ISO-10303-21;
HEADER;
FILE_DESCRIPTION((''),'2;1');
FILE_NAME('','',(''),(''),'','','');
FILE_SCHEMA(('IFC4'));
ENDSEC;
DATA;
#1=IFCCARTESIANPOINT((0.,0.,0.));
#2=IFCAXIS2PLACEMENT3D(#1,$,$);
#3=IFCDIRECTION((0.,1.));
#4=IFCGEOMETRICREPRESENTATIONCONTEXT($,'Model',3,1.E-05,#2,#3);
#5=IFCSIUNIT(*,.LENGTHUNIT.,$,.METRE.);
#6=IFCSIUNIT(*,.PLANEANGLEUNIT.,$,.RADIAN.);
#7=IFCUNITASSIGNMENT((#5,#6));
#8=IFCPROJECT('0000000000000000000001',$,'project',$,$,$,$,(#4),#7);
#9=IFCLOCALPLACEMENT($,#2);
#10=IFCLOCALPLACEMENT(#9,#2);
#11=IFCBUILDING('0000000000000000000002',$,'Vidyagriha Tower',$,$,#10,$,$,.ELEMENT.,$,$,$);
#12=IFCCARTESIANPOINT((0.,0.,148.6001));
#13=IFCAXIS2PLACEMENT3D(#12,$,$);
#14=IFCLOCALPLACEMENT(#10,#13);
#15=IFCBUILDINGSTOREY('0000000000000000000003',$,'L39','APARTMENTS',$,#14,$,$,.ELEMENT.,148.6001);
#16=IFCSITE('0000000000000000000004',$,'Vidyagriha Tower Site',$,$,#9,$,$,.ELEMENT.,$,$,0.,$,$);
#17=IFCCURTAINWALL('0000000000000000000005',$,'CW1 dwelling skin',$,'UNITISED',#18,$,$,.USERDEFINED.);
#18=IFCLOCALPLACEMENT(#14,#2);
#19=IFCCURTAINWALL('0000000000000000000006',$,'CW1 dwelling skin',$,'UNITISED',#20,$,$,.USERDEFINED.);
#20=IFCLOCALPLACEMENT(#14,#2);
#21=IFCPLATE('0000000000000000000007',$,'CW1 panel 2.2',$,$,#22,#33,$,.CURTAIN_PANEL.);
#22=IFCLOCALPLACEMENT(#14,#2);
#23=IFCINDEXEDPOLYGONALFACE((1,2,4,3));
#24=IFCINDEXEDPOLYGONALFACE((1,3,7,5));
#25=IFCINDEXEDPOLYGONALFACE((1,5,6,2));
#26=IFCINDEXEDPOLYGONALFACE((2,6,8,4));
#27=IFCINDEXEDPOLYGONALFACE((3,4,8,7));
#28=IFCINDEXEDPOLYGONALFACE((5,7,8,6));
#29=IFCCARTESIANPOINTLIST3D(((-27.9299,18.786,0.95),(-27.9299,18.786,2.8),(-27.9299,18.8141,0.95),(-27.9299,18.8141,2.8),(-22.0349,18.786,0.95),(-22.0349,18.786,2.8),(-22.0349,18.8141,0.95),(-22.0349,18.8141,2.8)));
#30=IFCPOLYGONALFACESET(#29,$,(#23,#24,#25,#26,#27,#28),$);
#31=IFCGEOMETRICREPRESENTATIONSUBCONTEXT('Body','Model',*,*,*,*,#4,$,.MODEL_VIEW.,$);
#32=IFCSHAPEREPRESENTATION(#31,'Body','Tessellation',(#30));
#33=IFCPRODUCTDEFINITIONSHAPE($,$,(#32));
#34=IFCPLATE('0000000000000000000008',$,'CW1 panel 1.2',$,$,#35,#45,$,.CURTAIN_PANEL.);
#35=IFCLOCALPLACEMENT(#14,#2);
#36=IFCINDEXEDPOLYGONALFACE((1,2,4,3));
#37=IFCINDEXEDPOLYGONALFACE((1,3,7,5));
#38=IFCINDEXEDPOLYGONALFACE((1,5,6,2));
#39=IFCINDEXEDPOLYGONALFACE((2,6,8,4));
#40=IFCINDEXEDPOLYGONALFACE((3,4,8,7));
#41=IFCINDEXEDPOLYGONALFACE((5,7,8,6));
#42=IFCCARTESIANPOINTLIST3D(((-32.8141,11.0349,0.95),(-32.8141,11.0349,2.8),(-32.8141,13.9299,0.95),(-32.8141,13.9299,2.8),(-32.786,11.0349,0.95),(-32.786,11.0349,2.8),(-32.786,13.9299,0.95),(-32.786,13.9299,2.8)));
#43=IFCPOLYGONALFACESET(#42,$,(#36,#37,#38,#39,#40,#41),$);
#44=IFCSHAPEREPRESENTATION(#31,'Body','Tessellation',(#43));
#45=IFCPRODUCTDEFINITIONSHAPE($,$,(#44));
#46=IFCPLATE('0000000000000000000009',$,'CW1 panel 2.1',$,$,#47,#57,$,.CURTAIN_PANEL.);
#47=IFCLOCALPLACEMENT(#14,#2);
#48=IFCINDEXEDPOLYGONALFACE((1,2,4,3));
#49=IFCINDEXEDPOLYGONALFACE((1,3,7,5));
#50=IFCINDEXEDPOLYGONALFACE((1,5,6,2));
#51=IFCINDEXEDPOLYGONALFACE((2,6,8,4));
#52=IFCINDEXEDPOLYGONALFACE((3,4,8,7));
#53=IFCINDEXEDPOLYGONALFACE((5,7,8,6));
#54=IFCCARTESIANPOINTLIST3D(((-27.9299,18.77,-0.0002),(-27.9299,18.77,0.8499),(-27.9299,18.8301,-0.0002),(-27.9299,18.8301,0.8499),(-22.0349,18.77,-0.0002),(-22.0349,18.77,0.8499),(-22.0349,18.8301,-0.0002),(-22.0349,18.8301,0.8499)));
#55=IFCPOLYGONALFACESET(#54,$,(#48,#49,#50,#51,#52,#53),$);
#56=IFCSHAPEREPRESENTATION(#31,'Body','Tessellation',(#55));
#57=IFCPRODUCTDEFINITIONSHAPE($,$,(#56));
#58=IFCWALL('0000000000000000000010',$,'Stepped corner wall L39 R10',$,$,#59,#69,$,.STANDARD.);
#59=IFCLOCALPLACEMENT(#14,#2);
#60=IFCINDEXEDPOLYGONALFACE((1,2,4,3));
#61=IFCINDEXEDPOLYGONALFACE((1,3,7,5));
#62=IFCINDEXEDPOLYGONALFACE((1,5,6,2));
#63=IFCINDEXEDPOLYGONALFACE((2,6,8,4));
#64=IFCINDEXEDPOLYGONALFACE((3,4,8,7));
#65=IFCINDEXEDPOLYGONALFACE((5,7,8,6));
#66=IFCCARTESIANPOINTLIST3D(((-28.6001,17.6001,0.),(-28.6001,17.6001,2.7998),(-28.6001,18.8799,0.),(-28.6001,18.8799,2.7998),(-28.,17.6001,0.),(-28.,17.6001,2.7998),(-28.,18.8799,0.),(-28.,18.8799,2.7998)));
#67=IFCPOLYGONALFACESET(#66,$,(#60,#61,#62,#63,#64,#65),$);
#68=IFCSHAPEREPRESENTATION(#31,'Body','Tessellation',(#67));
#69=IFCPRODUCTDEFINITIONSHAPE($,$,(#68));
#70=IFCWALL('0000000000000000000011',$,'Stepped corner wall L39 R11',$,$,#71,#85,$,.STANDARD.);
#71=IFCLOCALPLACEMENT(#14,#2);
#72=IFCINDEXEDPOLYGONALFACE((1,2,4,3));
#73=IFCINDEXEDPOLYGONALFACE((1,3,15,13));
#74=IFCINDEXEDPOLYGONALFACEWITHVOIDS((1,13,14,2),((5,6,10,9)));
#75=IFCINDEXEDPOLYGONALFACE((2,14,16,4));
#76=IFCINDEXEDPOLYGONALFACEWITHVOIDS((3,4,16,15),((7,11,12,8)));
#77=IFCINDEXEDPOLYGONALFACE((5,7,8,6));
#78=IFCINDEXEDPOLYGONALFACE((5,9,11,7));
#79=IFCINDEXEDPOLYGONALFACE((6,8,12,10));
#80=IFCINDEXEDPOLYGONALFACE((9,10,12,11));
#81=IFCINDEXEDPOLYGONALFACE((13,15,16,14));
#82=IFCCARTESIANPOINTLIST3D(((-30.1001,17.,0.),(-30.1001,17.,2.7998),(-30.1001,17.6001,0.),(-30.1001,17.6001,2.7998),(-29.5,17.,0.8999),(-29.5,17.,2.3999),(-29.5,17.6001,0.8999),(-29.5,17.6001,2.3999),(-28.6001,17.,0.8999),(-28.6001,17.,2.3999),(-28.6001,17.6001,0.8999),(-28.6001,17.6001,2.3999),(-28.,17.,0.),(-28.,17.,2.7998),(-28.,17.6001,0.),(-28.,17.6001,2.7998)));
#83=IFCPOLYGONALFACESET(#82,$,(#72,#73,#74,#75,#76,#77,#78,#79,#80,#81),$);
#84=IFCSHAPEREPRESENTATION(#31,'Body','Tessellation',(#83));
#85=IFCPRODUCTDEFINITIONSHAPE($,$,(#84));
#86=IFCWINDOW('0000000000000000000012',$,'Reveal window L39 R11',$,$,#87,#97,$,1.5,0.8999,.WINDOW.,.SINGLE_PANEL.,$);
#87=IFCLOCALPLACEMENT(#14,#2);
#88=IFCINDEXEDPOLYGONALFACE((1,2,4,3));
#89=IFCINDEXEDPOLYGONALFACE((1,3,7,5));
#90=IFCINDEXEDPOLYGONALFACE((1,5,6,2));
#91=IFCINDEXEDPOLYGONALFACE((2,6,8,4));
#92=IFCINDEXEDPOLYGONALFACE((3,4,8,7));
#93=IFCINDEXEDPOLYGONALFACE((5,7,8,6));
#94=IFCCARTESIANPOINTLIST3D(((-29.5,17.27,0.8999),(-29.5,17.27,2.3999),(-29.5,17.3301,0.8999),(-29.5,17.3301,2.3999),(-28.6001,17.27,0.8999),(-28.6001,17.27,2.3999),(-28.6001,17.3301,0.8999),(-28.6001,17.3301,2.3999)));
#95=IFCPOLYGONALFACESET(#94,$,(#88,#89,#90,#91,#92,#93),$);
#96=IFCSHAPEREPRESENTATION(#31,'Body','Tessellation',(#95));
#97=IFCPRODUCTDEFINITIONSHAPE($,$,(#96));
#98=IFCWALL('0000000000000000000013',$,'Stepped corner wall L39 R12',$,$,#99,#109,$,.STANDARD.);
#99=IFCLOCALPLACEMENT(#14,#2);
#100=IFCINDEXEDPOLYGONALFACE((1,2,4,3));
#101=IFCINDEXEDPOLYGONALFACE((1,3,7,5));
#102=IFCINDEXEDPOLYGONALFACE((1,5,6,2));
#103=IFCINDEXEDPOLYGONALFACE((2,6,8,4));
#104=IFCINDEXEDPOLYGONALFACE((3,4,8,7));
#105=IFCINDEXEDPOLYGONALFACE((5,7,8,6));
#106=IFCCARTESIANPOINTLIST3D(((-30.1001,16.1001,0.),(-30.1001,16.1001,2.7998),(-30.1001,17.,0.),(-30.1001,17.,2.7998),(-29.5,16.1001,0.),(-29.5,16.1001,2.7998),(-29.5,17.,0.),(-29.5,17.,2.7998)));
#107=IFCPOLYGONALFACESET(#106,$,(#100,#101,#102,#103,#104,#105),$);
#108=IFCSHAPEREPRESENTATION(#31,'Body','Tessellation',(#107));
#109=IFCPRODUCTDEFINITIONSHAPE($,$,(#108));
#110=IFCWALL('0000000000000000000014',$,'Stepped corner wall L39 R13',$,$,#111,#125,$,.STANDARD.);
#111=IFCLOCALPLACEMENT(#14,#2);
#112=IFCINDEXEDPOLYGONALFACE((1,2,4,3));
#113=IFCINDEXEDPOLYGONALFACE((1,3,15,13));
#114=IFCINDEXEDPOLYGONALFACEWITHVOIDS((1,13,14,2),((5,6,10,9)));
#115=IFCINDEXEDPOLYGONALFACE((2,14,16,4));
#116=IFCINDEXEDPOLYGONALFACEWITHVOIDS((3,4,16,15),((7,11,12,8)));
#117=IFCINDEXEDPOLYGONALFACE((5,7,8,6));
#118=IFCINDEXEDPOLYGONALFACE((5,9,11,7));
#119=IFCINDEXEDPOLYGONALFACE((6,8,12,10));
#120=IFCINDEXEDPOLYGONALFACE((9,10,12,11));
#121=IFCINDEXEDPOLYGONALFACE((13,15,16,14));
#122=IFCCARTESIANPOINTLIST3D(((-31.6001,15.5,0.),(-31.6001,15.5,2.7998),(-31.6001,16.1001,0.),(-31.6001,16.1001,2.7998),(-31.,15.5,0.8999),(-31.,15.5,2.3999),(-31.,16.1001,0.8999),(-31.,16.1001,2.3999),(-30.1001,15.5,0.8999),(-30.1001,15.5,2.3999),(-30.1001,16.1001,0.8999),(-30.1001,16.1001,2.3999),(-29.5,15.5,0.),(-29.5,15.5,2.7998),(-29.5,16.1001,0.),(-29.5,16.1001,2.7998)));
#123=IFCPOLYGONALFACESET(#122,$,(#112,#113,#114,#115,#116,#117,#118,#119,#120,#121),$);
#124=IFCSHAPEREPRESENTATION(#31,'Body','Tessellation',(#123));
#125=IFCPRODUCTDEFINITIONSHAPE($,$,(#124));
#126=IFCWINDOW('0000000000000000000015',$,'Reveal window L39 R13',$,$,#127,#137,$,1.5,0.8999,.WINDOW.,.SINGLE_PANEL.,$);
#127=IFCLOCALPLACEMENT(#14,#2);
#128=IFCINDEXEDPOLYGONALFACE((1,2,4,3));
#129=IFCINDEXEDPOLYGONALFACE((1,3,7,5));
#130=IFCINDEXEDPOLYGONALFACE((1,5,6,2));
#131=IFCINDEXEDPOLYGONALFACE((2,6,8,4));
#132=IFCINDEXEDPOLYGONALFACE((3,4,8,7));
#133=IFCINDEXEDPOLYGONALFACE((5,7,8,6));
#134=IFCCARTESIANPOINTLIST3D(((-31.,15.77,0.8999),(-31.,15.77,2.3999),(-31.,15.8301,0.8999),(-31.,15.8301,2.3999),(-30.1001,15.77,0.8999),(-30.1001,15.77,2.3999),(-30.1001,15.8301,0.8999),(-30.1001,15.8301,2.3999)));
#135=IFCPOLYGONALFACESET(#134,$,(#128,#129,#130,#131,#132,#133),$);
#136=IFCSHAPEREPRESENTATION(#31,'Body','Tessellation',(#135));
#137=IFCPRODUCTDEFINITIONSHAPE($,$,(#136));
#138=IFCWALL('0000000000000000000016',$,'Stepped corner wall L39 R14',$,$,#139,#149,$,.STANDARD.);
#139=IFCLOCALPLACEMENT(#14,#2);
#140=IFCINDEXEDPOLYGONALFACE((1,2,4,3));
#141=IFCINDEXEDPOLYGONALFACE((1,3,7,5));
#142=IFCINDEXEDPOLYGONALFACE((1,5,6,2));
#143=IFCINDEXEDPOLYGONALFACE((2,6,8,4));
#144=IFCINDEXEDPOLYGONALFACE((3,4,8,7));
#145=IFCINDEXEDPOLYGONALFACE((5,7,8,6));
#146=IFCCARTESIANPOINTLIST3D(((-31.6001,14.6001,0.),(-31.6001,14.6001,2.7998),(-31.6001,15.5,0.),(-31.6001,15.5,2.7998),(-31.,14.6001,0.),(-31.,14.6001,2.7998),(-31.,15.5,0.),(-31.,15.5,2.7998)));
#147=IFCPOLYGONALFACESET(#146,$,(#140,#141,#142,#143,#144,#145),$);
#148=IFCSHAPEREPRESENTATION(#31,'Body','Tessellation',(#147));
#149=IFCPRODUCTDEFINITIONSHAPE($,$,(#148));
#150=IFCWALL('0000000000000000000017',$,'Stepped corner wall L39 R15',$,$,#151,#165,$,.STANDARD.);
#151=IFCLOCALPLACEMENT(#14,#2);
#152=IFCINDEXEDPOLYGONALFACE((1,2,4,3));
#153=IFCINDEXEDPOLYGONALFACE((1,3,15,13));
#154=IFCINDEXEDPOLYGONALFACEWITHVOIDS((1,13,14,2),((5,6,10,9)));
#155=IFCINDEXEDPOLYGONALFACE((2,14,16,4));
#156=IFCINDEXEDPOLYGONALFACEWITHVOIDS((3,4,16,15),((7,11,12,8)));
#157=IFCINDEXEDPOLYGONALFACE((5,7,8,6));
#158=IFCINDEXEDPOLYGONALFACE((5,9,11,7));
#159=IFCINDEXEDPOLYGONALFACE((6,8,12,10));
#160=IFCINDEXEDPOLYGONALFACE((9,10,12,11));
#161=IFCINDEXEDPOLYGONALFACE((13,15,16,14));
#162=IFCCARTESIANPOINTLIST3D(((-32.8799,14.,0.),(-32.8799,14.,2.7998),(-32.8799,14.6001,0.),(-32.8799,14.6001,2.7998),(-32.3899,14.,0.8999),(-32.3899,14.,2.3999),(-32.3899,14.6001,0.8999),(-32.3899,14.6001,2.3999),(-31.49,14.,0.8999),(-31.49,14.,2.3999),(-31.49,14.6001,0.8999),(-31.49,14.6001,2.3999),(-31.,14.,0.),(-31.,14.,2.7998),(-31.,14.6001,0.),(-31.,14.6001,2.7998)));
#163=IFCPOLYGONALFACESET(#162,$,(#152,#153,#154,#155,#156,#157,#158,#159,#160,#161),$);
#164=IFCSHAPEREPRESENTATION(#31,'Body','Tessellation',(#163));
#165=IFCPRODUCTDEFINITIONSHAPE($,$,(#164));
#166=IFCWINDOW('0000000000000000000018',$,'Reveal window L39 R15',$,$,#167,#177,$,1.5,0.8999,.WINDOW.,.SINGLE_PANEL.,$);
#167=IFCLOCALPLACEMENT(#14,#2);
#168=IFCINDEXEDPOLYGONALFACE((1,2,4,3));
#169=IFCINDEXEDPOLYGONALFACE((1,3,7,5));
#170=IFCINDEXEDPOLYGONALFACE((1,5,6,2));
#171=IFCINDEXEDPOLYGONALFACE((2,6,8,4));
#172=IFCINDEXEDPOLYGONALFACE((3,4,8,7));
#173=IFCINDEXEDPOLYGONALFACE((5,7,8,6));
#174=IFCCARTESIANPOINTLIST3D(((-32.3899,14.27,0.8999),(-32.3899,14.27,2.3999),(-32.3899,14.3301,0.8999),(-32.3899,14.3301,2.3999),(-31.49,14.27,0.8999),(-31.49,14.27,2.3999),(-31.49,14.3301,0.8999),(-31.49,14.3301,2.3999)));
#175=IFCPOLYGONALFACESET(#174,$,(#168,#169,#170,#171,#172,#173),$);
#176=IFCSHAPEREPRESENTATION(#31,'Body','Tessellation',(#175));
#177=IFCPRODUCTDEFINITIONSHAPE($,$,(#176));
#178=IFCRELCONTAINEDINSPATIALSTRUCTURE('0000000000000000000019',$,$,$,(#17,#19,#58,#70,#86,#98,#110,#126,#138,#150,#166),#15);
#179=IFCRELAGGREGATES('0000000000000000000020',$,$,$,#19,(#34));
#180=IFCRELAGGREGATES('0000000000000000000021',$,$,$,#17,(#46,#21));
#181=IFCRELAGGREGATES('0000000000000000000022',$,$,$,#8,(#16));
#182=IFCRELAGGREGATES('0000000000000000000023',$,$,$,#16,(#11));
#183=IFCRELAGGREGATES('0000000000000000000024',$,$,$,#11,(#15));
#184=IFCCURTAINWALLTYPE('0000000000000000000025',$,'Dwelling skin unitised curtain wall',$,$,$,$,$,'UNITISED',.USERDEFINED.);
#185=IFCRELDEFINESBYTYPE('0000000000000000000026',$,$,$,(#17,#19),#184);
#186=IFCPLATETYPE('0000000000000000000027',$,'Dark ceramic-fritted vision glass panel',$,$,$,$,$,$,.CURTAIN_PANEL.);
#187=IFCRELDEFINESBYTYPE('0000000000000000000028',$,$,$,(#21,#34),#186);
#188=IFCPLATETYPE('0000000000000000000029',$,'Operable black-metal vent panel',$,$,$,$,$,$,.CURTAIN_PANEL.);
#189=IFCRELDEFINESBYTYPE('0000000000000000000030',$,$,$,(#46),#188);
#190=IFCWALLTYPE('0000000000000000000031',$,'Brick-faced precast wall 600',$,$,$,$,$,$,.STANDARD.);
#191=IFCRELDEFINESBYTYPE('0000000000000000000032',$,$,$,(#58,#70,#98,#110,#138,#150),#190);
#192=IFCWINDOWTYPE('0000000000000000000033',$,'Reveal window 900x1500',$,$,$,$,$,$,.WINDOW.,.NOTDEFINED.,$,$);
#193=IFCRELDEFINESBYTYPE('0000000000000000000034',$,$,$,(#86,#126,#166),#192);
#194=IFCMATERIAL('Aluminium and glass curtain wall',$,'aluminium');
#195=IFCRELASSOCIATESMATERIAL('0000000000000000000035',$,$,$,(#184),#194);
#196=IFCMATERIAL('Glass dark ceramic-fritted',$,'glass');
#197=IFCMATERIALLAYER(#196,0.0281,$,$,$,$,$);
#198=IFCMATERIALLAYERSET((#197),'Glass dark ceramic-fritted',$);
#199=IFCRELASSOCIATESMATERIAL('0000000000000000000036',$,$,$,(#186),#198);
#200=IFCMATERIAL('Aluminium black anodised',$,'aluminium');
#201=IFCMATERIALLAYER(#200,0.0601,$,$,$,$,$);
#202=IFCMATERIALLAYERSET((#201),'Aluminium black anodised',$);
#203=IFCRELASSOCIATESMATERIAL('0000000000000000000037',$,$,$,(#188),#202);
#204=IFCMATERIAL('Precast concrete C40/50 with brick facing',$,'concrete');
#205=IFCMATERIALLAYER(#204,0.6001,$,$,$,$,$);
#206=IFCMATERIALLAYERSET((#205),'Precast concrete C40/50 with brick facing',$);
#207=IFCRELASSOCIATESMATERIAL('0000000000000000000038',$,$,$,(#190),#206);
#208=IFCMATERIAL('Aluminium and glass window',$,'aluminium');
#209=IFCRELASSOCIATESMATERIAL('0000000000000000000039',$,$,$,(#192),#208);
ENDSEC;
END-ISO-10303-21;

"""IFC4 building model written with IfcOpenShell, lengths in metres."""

from ifc_helpers import new_model, si_unit, direction, frame, frame_2d, origin, origin_2d, place, context, subcontext, project, spatial, rectangle, extrude, material, layer, layer_set, type_object, element, fill, aggregate, save


model = new_model("IFC4")

# Units and contexts
model_context = context("Model", 3, precision=1e-05, world=origin(), true_north=direction((0.0, 1.0)))
body_context = subcontext(model_context, "Body", "Model", "MODEL_VIEW")
ifc_project = project(units=[si_unit("LENGTHUNIT", "METRE"), si_unit("PLANEANGLEUNIT", "RADIAN")], contexts=[model_context])

# Site, building, storey
site_placement = place(None, origin())
site = spatial("IfcSite", under=ifc_project, at=site_placement, Name="Vidyagriha Tower Site", CompositionType="ELEMENT", RefElevation=0.0)
building_placement = place(site_placement, origin())
building = spatial("IfcBuilding", under=site, at=building_placement, Name="Vidyagriha Tower", CompositionType="ELEMENT")
storey_placement = place(building_placement, frame((0.0, 0.0, 148.6001)))
storey = spatial("IfcBuildingStorey", under=building, at=storey_placement, Name="L39", Description="APARTMENTS", CompositionType="ELEMENT", Elevation=148.6001)

# Curtain wall
ifc_material_1 = material(Name="Aluminium and glass curtain wall", Category="aluminium")
curtain_wall_type = type_object("IfcCurtainWallType", Name="Dwelling skin unitised curtain wall", ElementType="UNITISED", PredefinedType="USERDEFINED", material=ifc_material_1)
curtain_wall_1_placement = place(storey_placement, origin())
curtain_wall_1 = element("IfcCurtainWall", 1, at=curtain_wall_1_placement, inside=storey, type_object=curtain_wall_type, Name="CW1 dwelling skin", ObjectType="UNITISED", PredefinedType="USERDEFINED")

# Curtain wall
curtain_wall_2_placement = place(storey_placement, origin())
curtain_wall_2 = element("IfcCurtainWall", 2, at=curtain_wall_2_placement, inside=storey, type_object=curtain_wall_type, Name="CW1 dwelling skin", ObjectType="UNITISED", PredefinedType="USERDEFINED")

# Plates
ifc_material_2 = material(Name="Glass dark ceramic-fritted", Category="glass")
ifc_layer_1 = layer(ifc_material_2, 0.0281)
ifc_layer_set_1 = layer_set([ifc_layer_1], Name="Glass dark ceramic-fritted")
plate_type_1 = type_object("IfcPlateType", Name="Dark ceramic-fritted vision glass panel", PredefinedType="CURTAIN_PANEL", material=ifc_layer_set_1)
plate_1_placement = place(storey_placement, frame((-24.9824, 18.8, 0.95), z_axis=(0.0, 0.0, 1.0), x_axis=(-1.0, 0.0, 0.0)))
plate_1 = element("IfcPlate", 3, at=plate_1_placement, type_object=plate_type_1, Name="CW1 panel 2.2", PredefinedType="CURTAIN_PANEL", context=body_context, shape_type="SweptSolid", body=[
    extrude(rectangle(XDim=5.895, YDim=0.0281, at=origin_2d()), origin(), (0.0, 0.0, 1.0), 1.8501),
])
plate_2_placement = place(storey_placement, frame((-32.8, 12.4824, 0.95), z_axis=(0.0, 0.0, 1.0), x_axis=(0.0, -1.0, 0.0)))
plate_2 = element("IfcPlate", 4, at=plate_2_placement, type_object=plate_type_1, Name="CW1 panel 1.2", PredefinedType="CURTAIN_PANEL", context=body_context, shape_type="SweptSolid", body=[
    extrude(rectangle(XDim=2.895, YDim=0.0281, at=origin_2d()), origin(), (0.0, 0.0, 1.0), 1.8501),
])
aggregate(curtain_wall_2, [plate_2])
ifc_material_3 = material(Name="Aluminium black anodised", Category="aluminium")
ifc_layer_2 = layer(ifc_material_3, 0.0601)
ifc_layer_set_2 = layer_set([ifc_layer_2], Name="Aluminium black anodised")
plate_type_2 = type_object("IfcPlateType", Name="Operable black-metal vent panel", PredefinedType="CURTAIN_PANEL", material=ifc_layer_set_2)
plate_3_placement = place(storey_placement, frame((-24.9824, 18.8, -0.0002), z_axis=(0.0, 0.0, 1.0), x_axis=(-1.0, 0.0, 0.0)))
plate_3 = element("IfcPlate", 5, at=plate_3_placement, type_object=plate_type_2, Name="CW1 panel 2.1", PredefinedType="CURTAIN_PANEL", context=body_context, shape_type="SweptSolid", body=[
    extrude(rectangle(XDim=5.895, YDim=0.0601, at=origin_2d()), origin(), (0.0, 0.0, 1.0), 0.8501),
])
aggregate(curtain_wall_1, [plate_3, plate_1])

# Wall
ifc_material_4 = material(Name="Precast concrete C40/50 with brick facing", Category="concrete")
ifc_layer_3 = layer(ifc_material_4, 0.6001)
ifc_layer_set_3 = layer_set([ifc_layer_3], Name="Precast concrete C40/50 with brick facing")
wall_type_1 = type_object("IfcWallType", Name="Brick-faced precast wall 600", PredefinedType="STANDARD", material=ifc_layer_set_3)
wall_1_placement = place(storey_placement, frame((-28.3, 18.8799, 0.0), z_axis=(0.0, 0.0, 1.0), x_axis=(0.0, -1.0, 0.0)))
element("IfcWall", 6, at=wall_1_placement, inside=storey, type_object=wall_type_1, Name="Stepped corner wall L39 R10", PredefinedType="STANDARD", context=body_context, shape_type="SweptSolid", body=[
    extrude(rectangle(XDim=1.2798, YDim=0.6001, at=frame_2d((0.6399, 0.0))), origin(), (0.0, 0.0, 1.0), 2.7998),
])

# Wall, opening, window
wall_2_placement = place(storey_placement, frame((-28.0, 17.3, 0.0), z_axis=(0.0, 0.0, 1.0), x_axis=(-1.0, 0.0, 0.0)))
wall_2 = element("IfcWall", 7, at=wall_2_placement, inside=storey, type_object=wall_type_1, Name="Stepped corner wall L39 R11", PredefinedType="STANDARD", context=body_context, shape_type="SweptSolid", body=[
    extrude(rectangle(XDim=2.1001, YDim=0.6001, at=frame_2d((1.05, 0.0))), origin(), (0.0, 0.0, 1.0), 2.7998),
])
opening_1_placement = place(wall_2_placement, frame((0.6001, 0.0, 0.8999)))
opening_1 = element("IfcOpeningElement", 8, at=opening_1_placement, cuts=wall_2, PredefinedType="OPENING", context=body_context, shape_type="SweptSolid", body=[
    extrude(rectangle(XDim=0.8999, YDim=1.5, at=frame_2d((0.45, 0.75))), frame((0.0, 0.3101, 0.0), z_axis=(0.0, -1.0, 0.0), x_axis=(1.0, 0.0, 0.0)), (0.0, 0.0, 1.0), 0.6201),
])
ifc_material_5 = material(Name="Aluminium and glass window", Category="aluminium")
window_type = type_object("IfcWindowType", Name="Reveal window 900x1500", PartitioningType="NOTDEFINED", PredefinedType="WINDOW", material=ifc_material_5)
window_1_placement = place(opening_1_placement, origin())
window_1 = element("IfcWindow", 9, at=window_1_placement, inside=storey, type_object=window_type, Name="Reveal window L39 R11", OverallHeight=1.5, OverallWidth=0.8999, PartitioningType="SINGLE_PANEL", PredefinedType="WINDOW", context=body_context, shape_type="SweptSolid", body=[
    extrude(rectangle(XDim=0.8999, YDim=1.5, at=frame_2d((0.45, 0.75))), frame((0.0, 0.03, 0.0), z_axis=(0.0, -1.0, 0.0), x_axis=(1.0, 0.0, 0.0)), (0.0, 0.0, 1.0), 0.0601),
])
fill(opening_1, window_1)

# Wall
wall_3_placement = place(storey_placement, frame((-29.8, 17.0, 0.0), z_axis=(0.0, 0.0, 1.0), x_axis=(0.0, -1.0, 0.0)))
element("IfcWall", 10, at=wall_3_placement, inside=storey, type_object=wall_type_1, Name="Stepped corner wall L39 R12", PredefinedType="STANDARD", context=body_context, shape_type="SweptSolid", body=[
    extrude(rectangle(XDim=0.8999, YDim=0.6001, at=frame_2d((0.45, 0.0))), origin(), (0.0, 0.0, 1.0), 2.7998),
])

# Wall, opening, window
wall_4_placement = place(storey_placement, frame((-29.5, 15.8, 0.0), z_axis=(0.0, 0.0, 1.0), x_axis=(-1.0, 0.0, 0.0)))
wall_4 = element("IfcWall", 11, at=wall_4_placement, inside=storey, type_object=wall_type_1, Name="Stepped corner wall L39 R13", PredefinedType="STANDARD", context=body_context, shape_type="SweptSolid", body=[
    extrude(rectangle(XDim=2.1001, YDim=0.6001, at=frame_2d((1.05, 0.0))), origin(), (0.0, 0.0, 1.0), 2.7998),
])
opening_2_placement = place(wall_4_placement, frame((0.6001, 0.0, 0.8999)))
opening_2 = element("IfcOpeningElement", 12, at=opening_2_placement, cuts=wall_4, PredefinedType="OPENING", context=body_context, shape_type="SweptSolid", body=[
    extrude(rectangle(XDim=0.8999, YDim=1.5, at=frame_2d((0.45, 0.75))), frame((0.0, 0.3101, 0.0), z_axis=(0.0, -1.0, 0.0), x_axis=(1.0, 0.0, 0.0)), (0.0, 0.0, 1.0), 0.6201),
])
window_2_placement = place(opening_2_placement, origin())
window_2 = element("IfcWindow", 13, at=window_2_placement, inside=storey, type_object=window_type, Name="Reveal window L39 R13", OverallHeight=1.5, OverallWidth=0.8999, PartitioningType="SINGLE_PANEL", PredefinedType="WINDOW", context=body_context, shape_type="SweptSolid", body=[
    extrude(rectangle(XDim=0.8999, YDim=1.5, at=frame_2d((0.45, 0.75))), frame((0.0, 0.03, 0.0), z_axis=(0.0, -1.0, 0.0), x_axis=(1.0, 0.0, 0.0)), (0.0, 0.0, 1.0), 0.0601),
])
fill(opening_2, window_2)

# Wall
wall_5_placement = place(storey_placement, frame((-31.3, 15.5, 0.0), z_axis=(0.0, 0.0, 1.0), x_axis=(0.0, -1.0, 0.0)))
element("IfcWall", 14, at=wall_5_placement, inside=storey, type_object=wall_type_1, Name="Stepped corner wall L39 R14", PredefinedType="STANDARD", context=body_context, shape_type="SweptSolid", body=[
    extrude(rectangle(XDim=0.8999, YDim=0.6001, at=frame_2d((0.45, 0.0))), origin(), (0.0, 0.0, 1.0), 2.7998),
])

# Wall, opening, window
wall_6_placement = place(storey_placement, frame((-31.0, 14.3, 0.0), z_axis=(0.0, 0.0, 1.0), x_axis=(-1.0, 0.0, 0.0)))
wall_6 = element("IfcWall", 15, at=wall_6_placement, inside=storey, type_object=wall_type_1, Name="Stepped corner wall L39 R15", PredefinedType="STANDARD", context=body_context, shape_type="SweptSolid", body=[
    extrude(rectangle(XDim=1.8799, YDim=0.6001, at=frame_2d((0.9399, 0.0))), origin(), (0.0, 0.0, 1.0), 2.7998),
])
opening_3_placement = place(wall_6_placement, frame((0.49, 0.0, 0.8999)))
opening_3 = element("IfcOpeningElement", 16, at=opening_3_placement, cuts=wall_6, PredefinedType="OPENING", context=body_context, shape_type="SweptSolid", body=[
    extrude(rectangle(XDim=0.8999, YDim=1.5, at=frame_2d((0.45, 0.75))), frame((0.0, 0.3101, 0.0), z_axis=(0.0, -1.0, 0.0), x_axis=(1.0, 0.0, 0.0)), (0.0, 0.0, 1.0), 0.6201),
])
window_3_placement = place(opening_3_placement, origin())
window_3 = element("IfcWindow", 17, at=window_3_placement, inside=storey, type_object=window_type, Name="Reveal window L39 R15", OverallHeight=1.5, OverallWidth=0.8999, PartitioningType="SINGLE_PANEL", PredefinedType="WINDOW", context=body_context, shape_type="SweptSolid", body=[
    extrude(rectangle(XDim=0.8999, YDim=1.5, at=frame_2d((0.45, 0.75))), frame((0.0, 0.03, 0.0), z_axis=(0.0, -1.0, 0.0), x_axis=(1.0, 0.0, 0.0)), (0.0, 0.0, 1.0), 0.0601),
])
fill(opening_3, window_3)

save(model, "model.ifc")
